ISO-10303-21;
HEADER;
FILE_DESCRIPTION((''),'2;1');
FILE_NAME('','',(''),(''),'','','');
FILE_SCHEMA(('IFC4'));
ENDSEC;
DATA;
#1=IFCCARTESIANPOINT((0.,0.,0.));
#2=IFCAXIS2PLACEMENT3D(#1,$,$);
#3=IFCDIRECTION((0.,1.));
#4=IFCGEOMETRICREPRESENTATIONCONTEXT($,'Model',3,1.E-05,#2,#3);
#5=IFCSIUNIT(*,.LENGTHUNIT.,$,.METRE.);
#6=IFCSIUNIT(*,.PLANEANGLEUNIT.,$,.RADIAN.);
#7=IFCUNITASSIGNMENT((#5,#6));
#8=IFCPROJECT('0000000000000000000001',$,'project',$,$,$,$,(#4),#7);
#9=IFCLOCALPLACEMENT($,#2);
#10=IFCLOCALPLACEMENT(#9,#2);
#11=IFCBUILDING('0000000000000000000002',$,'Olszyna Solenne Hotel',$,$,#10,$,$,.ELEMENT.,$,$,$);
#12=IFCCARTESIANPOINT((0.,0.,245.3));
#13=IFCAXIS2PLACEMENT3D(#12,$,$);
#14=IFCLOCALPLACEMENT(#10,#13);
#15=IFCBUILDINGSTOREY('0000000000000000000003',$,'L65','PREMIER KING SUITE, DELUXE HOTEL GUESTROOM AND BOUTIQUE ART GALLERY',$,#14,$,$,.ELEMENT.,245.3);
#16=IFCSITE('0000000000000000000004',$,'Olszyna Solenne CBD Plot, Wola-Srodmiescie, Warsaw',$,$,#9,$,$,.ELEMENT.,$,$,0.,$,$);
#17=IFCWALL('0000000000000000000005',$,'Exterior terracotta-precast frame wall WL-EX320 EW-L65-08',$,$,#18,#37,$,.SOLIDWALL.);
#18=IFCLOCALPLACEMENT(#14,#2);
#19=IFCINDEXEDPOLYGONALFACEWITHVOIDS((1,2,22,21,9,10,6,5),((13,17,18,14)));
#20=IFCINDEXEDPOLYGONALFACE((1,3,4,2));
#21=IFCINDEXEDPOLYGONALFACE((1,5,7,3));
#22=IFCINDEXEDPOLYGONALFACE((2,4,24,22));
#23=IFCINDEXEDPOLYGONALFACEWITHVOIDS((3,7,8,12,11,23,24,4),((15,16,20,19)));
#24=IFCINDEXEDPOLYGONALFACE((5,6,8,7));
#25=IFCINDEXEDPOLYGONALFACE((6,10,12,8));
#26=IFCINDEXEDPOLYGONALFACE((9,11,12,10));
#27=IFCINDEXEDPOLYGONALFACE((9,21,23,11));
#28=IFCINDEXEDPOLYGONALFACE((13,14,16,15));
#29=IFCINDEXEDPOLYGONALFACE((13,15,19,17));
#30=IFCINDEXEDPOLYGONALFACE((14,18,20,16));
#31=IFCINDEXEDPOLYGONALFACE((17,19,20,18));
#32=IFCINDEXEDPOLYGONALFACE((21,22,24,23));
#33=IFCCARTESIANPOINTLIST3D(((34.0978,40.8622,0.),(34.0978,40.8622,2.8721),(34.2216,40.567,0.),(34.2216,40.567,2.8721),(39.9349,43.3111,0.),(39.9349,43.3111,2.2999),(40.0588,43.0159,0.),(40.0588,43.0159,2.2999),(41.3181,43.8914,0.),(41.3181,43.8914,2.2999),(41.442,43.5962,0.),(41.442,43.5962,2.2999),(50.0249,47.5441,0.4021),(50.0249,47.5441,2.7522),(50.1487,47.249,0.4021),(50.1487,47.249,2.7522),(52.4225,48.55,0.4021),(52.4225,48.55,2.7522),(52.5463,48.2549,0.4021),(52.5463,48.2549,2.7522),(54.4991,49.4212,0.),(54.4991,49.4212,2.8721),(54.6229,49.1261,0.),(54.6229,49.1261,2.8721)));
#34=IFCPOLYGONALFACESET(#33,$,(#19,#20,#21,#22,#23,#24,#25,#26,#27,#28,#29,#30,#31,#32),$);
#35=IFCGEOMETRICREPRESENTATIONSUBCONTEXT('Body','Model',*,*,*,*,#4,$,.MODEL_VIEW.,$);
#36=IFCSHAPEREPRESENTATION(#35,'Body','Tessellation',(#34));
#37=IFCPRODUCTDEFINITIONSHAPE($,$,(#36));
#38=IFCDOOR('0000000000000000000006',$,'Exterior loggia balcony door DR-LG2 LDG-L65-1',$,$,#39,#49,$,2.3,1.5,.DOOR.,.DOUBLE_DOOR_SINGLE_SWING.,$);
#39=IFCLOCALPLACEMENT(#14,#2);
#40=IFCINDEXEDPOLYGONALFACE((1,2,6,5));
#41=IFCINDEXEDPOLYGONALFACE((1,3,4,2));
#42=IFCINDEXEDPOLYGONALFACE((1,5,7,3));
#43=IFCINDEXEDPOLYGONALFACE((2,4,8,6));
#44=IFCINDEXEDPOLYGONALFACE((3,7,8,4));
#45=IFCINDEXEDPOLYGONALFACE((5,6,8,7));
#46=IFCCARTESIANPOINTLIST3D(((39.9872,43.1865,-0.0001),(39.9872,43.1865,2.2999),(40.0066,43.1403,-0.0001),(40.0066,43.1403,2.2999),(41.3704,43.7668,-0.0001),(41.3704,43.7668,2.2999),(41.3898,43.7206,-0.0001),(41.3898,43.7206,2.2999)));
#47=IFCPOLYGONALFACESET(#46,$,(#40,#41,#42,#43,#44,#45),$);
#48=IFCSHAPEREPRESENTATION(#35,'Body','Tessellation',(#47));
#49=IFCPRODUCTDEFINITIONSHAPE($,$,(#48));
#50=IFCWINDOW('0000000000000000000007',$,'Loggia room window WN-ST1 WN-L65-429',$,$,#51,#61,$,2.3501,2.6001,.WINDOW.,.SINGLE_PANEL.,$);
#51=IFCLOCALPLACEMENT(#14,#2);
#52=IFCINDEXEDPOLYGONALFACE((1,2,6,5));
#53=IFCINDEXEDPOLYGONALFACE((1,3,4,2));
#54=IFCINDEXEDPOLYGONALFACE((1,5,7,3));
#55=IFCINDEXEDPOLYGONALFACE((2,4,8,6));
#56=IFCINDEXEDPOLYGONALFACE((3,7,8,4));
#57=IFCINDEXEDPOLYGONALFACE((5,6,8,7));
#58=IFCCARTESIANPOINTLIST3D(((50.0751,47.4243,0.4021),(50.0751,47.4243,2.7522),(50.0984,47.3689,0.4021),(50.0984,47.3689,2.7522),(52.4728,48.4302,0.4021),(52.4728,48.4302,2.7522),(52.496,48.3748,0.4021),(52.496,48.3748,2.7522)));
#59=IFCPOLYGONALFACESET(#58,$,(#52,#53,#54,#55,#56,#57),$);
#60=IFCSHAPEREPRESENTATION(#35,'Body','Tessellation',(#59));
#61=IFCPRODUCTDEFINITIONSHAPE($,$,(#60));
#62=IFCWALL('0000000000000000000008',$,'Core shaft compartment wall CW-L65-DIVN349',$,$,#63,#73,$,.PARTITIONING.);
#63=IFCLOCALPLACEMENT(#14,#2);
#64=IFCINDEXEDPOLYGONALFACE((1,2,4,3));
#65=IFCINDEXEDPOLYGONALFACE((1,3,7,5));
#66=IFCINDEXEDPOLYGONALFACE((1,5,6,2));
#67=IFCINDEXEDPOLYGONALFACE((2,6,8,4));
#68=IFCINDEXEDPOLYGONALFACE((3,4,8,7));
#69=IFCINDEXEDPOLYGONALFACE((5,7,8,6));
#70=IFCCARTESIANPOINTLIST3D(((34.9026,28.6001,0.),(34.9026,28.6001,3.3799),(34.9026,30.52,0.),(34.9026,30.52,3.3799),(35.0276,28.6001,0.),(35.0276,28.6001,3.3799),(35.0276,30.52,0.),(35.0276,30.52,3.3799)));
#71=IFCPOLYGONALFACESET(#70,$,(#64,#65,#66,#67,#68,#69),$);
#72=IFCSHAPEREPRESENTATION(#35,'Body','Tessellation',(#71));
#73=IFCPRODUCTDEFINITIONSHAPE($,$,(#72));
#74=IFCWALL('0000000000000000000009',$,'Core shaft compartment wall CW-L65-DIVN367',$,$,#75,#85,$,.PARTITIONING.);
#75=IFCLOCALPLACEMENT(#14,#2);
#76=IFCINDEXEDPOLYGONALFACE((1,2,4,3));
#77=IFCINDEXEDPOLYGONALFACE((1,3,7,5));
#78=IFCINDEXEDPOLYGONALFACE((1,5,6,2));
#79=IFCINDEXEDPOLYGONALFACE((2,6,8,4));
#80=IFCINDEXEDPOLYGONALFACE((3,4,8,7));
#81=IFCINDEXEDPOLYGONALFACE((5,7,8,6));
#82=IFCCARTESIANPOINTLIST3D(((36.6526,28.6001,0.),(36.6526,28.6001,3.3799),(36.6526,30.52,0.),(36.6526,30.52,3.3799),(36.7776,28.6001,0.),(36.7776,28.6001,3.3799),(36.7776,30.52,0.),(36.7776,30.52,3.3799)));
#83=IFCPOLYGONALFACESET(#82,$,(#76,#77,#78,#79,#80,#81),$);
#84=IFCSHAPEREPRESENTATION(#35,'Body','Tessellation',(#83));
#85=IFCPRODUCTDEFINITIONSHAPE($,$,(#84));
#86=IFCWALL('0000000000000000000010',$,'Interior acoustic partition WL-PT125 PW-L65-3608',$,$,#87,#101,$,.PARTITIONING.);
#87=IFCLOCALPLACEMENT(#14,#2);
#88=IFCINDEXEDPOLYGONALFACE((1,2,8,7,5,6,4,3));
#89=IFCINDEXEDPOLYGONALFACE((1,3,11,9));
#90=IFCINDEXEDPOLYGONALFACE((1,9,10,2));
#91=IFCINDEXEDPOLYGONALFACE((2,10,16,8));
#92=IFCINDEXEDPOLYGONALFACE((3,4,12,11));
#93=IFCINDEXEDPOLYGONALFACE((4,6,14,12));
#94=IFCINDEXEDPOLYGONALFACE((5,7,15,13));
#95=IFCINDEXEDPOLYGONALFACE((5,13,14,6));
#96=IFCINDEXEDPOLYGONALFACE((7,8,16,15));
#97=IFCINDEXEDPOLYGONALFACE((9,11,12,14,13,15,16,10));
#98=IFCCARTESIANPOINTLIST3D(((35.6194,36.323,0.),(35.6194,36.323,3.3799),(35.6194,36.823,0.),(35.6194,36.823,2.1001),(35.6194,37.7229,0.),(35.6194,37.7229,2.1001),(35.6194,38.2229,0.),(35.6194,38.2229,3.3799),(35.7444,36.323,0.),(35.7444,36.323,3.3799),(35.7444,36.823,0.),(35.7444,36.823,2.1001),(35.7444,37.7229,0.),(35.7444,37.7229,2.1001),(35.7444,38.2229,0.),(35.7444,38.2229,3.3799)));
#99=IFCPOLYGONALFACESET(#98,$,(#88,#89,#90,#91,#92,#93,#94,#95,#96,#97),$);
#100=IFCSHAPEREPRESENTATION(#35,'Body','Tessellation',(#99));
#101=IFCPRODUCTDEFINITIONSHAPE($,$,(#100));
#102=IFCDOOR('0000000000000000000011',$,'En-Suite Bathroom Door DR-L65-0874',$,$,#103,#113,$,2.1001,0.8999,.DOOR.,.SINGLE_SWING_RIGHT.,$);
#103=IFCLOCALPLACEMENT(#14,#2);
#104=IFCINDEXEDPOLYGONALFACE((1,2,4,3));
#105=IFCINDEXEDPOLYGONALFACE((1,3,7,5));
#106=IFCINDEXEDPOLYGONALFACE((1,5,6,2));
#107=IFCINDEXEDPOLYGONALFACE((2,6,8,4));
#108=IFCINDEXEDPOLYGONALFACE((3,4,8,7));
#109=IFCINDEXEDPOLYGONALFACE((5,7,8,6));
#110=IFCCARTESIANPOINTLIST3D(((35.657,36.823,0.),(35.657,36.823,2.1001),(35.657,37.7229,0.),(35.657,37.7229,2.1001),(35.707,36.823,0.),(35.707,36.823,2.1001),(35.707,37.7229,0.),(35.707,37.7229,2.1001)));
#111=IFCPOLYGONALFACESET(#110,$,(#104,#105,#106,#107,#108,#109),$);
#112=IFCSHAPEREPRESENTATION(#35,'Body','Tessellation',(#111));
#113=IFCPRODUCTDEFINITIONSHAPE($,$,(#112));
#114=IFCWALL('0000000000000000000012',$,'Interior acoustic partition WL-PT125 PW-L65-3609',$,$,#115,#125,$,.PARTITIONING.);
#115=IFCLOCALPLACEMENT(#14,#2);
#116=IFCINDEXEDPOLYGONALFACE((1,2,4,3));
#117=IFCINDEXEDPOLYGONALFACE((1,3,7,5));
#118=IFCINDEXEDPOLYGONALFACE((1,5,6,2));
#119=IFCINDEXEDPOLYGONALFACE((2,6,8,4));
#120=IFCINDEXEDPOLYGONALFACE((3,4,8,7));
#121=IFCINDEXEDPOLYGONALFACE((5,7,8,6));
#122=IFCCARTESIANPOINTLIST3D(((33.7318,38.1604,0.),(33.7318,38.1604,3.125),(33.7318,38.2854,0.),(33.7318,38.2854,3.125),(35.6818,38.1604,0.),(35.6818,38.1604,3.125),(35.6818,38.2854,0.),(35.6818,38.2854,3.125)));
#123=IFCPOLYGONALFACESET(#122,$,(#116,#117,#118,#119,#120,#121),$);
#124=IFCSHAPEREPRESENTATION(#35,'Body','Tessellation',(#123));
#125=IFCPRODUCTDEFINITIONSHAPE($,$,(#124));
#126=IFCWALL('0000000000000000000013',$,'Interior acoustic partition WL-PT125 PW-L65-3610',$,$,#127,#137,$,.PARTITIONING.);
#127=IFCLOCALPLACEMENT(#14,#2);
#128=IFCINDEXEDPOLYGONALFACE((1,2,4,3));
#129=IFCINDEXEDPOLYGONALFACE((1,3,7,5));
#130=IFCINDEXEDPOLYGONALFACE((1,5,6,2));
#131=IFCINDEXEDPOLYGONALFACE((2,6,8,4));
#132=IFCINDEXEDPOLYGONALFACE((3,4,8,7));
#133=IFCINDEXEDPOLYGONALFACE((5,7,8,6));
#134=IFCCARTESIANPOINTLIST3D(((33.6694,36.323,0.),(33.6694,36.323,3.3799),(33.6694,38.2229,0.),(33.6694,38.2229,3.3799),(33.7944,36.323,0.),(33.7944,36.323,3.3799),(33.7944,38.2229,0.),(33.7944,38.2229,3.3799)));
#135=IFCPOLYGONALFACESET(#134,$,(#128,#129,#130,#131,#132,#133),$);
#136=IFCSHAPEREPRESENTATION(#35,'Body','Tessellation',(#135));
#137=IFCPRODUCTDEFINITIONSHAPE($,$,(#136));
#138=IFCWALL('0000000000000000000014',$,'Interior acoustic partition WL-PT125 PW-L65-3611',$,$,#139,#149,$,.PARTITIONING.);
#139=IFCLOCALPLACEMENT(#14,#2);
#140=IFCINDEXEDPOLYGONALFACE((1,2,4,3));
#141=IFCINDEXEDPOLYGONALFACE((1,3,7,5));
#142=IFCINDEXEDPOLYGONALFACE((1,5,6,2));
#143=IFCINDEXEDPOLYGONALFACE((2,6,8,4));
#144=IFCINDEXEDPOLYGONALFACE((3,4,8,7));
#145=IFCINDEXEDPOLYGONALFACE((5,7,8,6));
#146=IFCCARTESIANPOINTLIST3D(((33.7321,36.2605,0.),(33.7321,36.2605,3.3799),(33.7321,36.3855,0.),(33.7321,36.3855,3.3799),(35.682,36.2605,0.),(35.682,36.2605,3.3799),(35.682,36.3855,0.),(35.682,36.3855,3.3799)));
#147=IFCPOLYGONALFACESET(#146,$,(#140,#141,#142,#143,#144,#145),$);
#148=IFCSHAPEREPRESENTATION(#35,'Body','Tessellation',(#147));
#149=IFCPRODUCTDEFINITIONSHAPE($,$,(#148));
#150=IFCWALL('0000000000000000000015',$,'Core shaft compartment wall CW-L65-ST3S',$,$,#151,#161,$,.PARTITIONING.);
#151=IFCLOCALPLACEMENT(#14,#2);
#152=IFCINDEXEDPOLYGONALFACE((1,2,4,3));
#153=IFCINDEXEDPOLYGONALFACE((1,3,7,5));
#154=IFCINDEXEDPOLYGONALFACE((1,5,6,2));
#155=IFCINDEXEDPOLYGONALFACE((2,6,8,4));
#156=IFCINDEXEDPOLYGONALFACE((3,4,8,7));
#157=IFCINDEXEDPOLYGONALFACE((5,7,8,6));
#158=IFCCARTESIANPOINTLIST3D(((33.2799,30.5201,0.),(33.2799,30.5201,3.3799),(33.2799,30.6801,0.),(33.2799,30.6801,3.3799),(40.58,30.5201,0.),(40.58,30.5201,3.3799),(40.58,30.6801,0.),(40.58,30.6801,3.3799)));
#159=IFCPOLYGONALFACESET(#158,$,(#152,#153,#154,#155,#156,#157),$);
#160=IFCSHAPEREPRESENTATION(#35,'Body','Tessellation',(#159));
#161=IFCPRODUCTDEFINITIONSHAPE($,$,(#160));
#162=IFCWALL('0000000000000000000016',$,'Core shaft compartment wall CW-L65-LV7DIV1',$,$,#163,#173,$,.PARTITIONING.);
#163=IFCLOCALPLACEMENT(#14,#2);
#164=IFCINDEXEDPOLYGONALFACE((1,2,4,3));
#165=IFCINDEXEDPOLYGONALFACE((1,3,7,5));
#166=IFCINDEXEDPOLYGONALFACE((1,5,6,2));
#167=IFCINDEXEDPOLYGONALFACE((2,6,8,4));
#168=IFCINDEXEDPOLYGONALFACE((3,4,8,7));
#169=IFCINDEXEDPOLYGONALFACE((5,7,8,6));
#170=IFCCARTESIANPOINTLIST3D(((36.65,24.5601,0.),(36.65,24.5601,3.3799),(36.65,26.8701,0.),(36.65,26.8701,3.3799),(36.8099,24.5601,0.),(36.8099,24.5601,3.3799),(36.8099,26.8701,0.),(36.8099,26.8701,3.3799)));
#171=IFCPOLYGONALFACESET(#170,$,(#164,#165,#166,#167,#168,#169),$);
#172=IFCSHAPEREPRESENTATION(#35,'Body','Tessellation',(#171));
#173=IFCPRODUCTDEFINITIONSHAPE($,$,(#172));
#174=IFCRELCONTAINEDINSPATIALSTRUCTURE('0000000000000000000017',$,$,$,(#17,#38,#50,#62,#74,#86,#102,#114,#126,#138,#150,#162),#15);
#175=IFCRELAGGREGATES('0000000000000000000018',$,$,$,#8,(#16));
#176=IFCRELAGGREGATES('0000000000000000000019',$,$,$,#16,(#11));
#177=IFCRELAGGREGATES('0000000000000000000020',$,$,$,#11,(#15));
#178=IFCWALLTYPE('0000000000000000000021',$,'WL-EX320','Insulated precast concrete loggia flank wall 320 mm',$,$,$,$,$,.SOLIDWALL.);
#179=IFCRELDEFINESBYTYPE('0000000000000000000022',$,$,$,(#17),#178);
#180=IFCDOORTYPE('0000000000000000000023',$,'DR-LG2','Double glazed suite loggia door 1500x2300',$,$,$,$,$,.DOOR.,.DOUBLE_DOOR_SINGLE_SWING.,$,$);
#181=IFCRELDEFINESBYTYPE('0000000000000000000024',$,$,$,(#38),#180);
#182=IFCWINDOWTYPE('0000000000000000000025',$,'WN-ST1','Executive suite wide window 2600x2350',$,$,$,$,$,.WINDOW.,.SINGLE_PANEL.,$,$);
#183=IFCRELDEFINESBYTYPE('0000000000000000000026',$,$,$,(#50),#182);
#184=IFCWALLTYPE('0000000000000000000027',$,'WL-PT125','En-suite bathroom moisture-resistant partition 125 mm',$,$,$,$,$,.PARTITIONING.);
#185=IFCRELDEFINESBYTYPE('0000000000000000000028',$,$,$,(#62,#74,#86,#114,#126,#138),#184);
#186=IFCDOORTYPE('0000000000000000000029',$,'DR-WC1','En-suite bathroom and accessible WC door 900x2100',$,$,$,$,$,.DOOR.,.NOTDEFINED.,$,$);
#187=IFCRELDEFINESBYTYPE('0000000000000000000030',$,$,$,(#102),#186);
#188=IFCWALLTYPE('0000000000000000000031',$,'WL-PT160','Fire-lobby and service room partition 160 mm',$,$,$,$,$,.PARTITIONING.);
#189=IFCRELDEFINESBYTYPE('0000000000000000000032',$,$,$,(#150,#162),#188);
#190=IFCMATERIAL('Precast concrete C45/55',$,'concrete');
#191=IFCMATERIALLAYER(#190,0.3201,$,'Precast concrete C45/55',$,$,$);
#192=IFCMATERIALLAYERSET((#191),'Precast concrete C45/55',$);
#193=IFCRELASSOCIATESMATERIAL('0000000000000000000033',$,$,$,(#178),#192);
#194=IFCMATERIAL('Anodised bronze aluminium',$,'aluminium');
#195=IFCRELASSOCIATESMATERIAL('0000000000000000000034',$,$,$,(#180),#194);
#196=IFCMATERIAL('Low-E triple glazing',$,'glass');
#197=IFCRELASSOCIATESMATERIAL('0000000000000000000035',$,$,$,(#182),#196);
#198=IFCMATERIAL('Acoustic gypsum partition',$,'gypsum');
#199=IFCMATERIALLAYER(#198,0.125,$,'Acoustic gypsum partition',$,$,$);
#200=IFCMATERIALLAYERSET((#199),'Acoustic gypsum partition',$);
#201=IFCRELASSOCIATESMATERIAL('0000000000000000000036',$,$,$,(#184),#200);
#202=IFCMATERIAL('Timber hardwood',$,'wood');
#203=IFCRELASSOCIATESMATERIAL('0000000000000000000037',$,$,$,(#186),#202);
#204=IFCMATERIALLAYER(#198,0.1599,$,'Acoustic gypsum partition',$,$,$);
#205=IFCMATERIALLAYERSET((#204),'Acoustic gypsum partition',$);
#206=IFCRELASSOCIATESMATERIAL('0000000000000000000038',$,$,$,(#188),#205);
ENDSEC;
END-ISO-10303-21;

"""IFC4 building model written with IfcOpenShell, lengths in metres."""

from ifc_helpers import new_model, si_unit, direction, frame, frame_2d, origin, place, context, subcontext, project, spatial, rectangle, extrude, source, transform, mapped, material, layer, layer_set, type_object, type_shapes, element, fill, save


model = new_model("IFC4")

# Units and contexts
model_context = context("Model", 3, precision=1e-05, world=origin(), true_north=direction((0.0, 1.0)))
body_context = subcontext(model_context, "Body", "Model", "MODEL_VIEW")
ifc_project = project(units=[si_unit("LENGTHUNIT", "METRE"), si_unit("PLANEANGLEUNIT", "RADIAN")], contexts=[model_context])

# Site, building, storey
site_placement = place(None, origin())
site = spatial("IfcSite", under=ifc_project, at=site_placement, Name="Olszyna Solenne CBD Plot, Wola-Srodmiescie, Warsaw", CompositionType="ELEMENT", RefElevation=0.0)
building_placement = place(site_placement, origin())
building = spatial("IfcBuilding", under=site, at=building_placement, Name="Olszyna Solenne Hotel", CompositionType="ELEMENT")
storey_placement = place(building_placement, frame((0.0, 0.0, 245.3)))
storey = spatial("IfcBuildingStorey", under=building, at=storey_placement, Name="L65", Description="PREMIER KING SUITE, DELUXE HOTEL GUESTROOM AND BOUTIQUE ART GALLERY", CompositionType="ELEMENT", Elevation=245.3)

# Wall, openings, door, window
ifc_material_1 = material(Name="Precast concrete C45/55", Category="concrete")
ifc_layer_1 = layer(ifc_material_1, 0.3201, Name="Precast concrete C45/55")
ifc_layer_set_1 = layer_set([ifc_layer_1], Name="Precast concrete C45/55")
wall_type_1 = type_object("IfcWallType", Name="WL-EX320", Description="Insulated precast concrete loggia flank wall 320 mm", PredefinedType="SOLIDWALL", material=ifc_layer_set_1)
wall_1_placement = place(storey_placement, frame((34.1597, 40.7146, 0.0), z_axis=(0.0, 0.0, 1.0), x_axis=(0.922135, 0.386868, 0.0)))
wall_1 = element("IfcWall", 1, at=wall_1_placement, inside=storey, type_object=wall_type_1, Name="Exterior terracotta-precast frame wall WL-EX320 EW-L65-08", PredefinedType="SOLIDWALL", context=body_context, shape_type="SweptSolid", body=[
    extrude(rectangle(XDim=22.124, YDim=0.3201, at=frame_2d((11.062, 0.0))), origin(), (0.0, 0.0, 1.0), 2.8721),
])
opening_1_placement = place(wall_1_placement, frame((6.3301, 0.0, 0.0)))
opening_1 = element("IfcOpeningElement", 2, at=opening_1_placement, cuts=wall_1, PredefinedType="OPENING", context=body_context, shape_type="SweptSolid", body=[
    extrude(rectangle(XDim=1.5, YDim=2.3, at=frame_2d((0.75, 1.1499))), frame((0.0, 0.1699, 0.0), z_axis=(0.0, -1.0, 0.0), x_axis=(1.0, 0.0, 0.0)), (0.0, 0.0, 1.0), 0.3401),
])
opening_2_placement = place(wall_1_placement, frame((17.272, 0.0, 0.4021)))
opening_2 = element("IfcOpeningElement", 3, at=opening_2_placement, cuts=wall_1, PredefinedType="OPENING", context=body_context, shape_type="SweptSolid", body=[
    extrude(rectangle(XDim=2.6001, YDim=2.3501, at=frame_2d((1.3, 1.175))), frame((0.0, 0.1699, 0.0), z_axis=(0.0, -1.0, 0.0), x_axis=(1.0, 0.0, 0.0)), (0.0, 0.0, 1.0), 0.3401),
])
ifc_material_2 = material(Name="Anodised bronze aluminium", Category="aluminium")
door_type_1 = type_object("IfcDoorType", Name="DR-LG2", Description="Double glazed suite loggia door 1500x2300", OperationType="DOUBLE_DOOR_SINGLE_SWING", PredefinedType="DOOR", material=ifc_material_2)
shared_shape_1 = source(origin(), body_context, "Body", "SweptSolid", [
    extrude(rectangle(XDim=1.5, YDim=2.3, at=frame_2d((0.75, 1.1499))), frame((0.0, 0.0249, 0.0), z_axis=(0.0, -1.0, 0.0), x_axis=(1.0, 0.0, 0.0)), (0.0, 0.0, 1.0), 0.05),
])
type_shapes(door_type_1, [shared_shape_1])
door_1_placement = place(opening_1_placement, origin())
door_1 = element("IfcDoor", 4, at=door_1_placement, inside=storey, type_object=door_type_1, Name="Exterior loggia balcony door DR-LG2 LDG-L65-1", OperationType="DOUBLE_DOOR_SINGLE_SWING", OverallHeight=2.3, OverallWidth=1.5, PredefinedType="DOOR", context=body_context, shape_type="MappedRepresentation", body=[
    mapped(shared_shape_1, transform((0.0, 0.0, 0.0), x_axis=(1.0, 0.0, 0.0), y_axis=(0.0, 1.0, 0.0), z_axis=(0.0, 0.0, 1.0), scale=1.0)),
])
fill(opening_1, door_1)
ifc_material_3 = material(Name="Low-E triple glazing", Category="glass")
window_type = type_object("IfcWindowType", Name="WN-ST1", Description="Executive suite wide window 2600x2350", PartitioningType="SINGLE_PANEL", PredefinedType="WINDOW", material=ifc_material_3)
shared_shape_2 = source(origin(), body_context, "Body", "SweptSolid", [
    extrude(rectangle(XDim=2.6001, YDim=2.3501, at=frame_2d((1.3, 1.175))), frame((0.0, 0.03, 0.0), z_axis=(0.0, -1.0, 0.0), x_axis=(1.0, 0.0, 0.0)), (0.0, 0.0, 1.0), 0.0601),
])
type_shapes(window_type, [shared_shape_2])
window_placement = place(opening_2_placement, origin())
window = element("IfcWindow", 5, at=window_placement, inside=storey, type_object=window_type, Name="Loggia room window WN-ST1 WN-L65-429", OverallHeight=2.3501, OverallWidth=2.6001, PartitioningType="SINGLE_PANEL", PredefinedType="WINDOW", context=body_context, shape_type="MappedRepresentation", body=[
    mapped(shared_shape_2, transform((0.0, 0.0, 0.0), x_axis=(1.0, 0.0, 0.0), y_axis=(0.0, 1.0, 0.0), z_axis=(0.0, 0.0, 1.0), scale=1.0)),
])
fill(opening_2, window)

# Walls
ifc_material_4 = material(Name="Acoustic gypsum partition", Category="gypsum")
ifc_layer_2 = layer(ifc_material_4, 0.125, Name="Acoustic gypsum partition")
ifc_layer_set_2 = layer_set([ifc_layer_2], Name="Acoustic gypsum partition")
wall_type_2 = type_object("IfcWallType", Name="WL-PT125", Description="En-suite bathroom moisture-resistant partition 125 mm", PredefinedType="PARTITIONING", material=ifc_layer_set_2)
for number, where, z_axis, x_axis, name in (
    (6, (34.9651, 28.6001, 0.0), (0.0, 0.0, 1.0), (0.0, 1.0, 0.0), "Core shaft compartment wall CW-L65-DIVN349"),
    (7, (36.7151, 28.6001, 0.0), (0.0, 0.0, 1.0), (0.0, 1.0, 0.0), "Core shaft compartment wall CW-L65-DIVN367"),
):
    element("IfcWall", number, at=place(storey_placement, frame(where, z_axis=z_axis, x_axis=x_axis)), inside=storey, type_object=wall_type_2, Name=name, PredefinedType="PARTITIONING", context=body_context, shape_type="SweptSolid", body=[
        extrude(rectangle(XDim=1.9199, YDim=0.125, at=frame_2d((0.96, 0.0))), origin(), (0.0, 0.0, 1.0), 3.3799),
    ])

# Wall, opening, door
wall_2_placement = place(storey_placement, frame((35.6819, 36.323, 0.0), z_axis=(0.0, 0.0, 1.0), x_axis=(0.0, 1.0, 0.0)))
wall_2 = element("IfcWall", 8, at=wall_2_placement, inside=storey, type_object=wall_type_2, Name="Interior acoustic partition WL-PT125 PW-L65-3608", PredefinedType="PARTITIONING", context=body_context, shape_type="SweptSolid", body=[
    extrude(rectangle(XDim=1.8999, YDim=0.125, at=frame_2d((0.95, 0.0))), origin(), (0.0, 0.0, 1.0), 3.3799),
])
opening_3_placement = place(wall_2_placement, frame((0.5, 0.0, 0.0)))
opening_3 = element("IfcOpeningElement", 9, at=opening_3_placement, cuts=wall_2, PredefinedType="OPENING", context=body_context, shape_type="SweptSolid", body=[
    extrude(rectangle(XDim=0.8999, YDim=2.1001, at=frame_2d((0.45, 1.05))), frame((0.0, 0.0725, 0.0), z_axis=(0.0, -1.0, 0.0), x_axis=(1.0, 0.0, 0.0)), (0.0, 0.0, 1.0), 0.145),
])
ifc_material_5 = material(Name="Timber hardwood", Category="wood")
door_type_2 = type_object("IfcDoorType", Name="DR-WC1", Description="En-suite bathroom and accessible WC door 900x2100", OperationType="NOTDEFINED", PredefinedType="DOOR", material=ifc_material_5)
shared_shape_3 = source(origin(), body_context, "Body", "SweptSolid", [
    extrude(rectangle(XDim=0.8999, YDim=2.1001, at=frame_2d((0.45, 1.05))), frame((0.0, 0.0249, 0.0), z_axis=(0.0, -1.0, 0.0), x_axis=(1.0, 0.0, 0.0)), (0.0, 0.0, 1.0), 0.05),
])
type_shapes(door_type_2, [shared_shape_3])
door_2_placement = place(opening_3_placement, origin())
door_2 = element("IfcDoor", 10, at=door_2_placement, inside=storey, type_object=door_type_2, Name="En-Suite Bathroom Door DR-L65-0874", OperationType="SINGLE_SWING_RIGHT", OverallHeight=2.1001, OverallWidth=0.8999, PredefinedType="DOOR", context=body_context, shape_type="MappedRepresentation", body=[
    mapped(shared_shape_3, transform((0.0, 0.0, 0.0), x_axis=(1.0, 0.0, 0.0), y_axis=(0.0, 1.0, 0.0), z_axis=(0.0, 0.0, 1.0), scale=1.0)),
])
fill(opening_3, door_2)

# Walls
wall_3_placement = place(storey_placement, frame((35.6819, 38.2229, 0.0), z_axis=(0.0, 0.0, 1.0), x_axis=(-1.0, 0.0, 0.0)))
element("IfcWall", 11, at=wall_3_placement, inside=storey, type_object=wall_type_2, Name="Interior acoustic partition WL-PT125 PW-L65-3609", PredefinedType="PARTITIONING", context=body_context, shape_type="SweptSolid", body=[
    extrude(rectangle(XDim=1.95, YDim=0.125, at=frame_2d((0.9751, 0.0))), origin(), (0.0, 0.0, 1.0), 3.125),
])
wall_4_placement = place(storey_placement, frame((33.7319, 38.2229, 0.0), z_axis=(0.0, 0.0, 1.0), x_axis=(0.0, -1.0, 0.0)))
element("IfcWall", 12, at=wall_4_placement, inside=storey, type_object=wall_type_2, Name="Interior acoustic partition WL-PT125 PW-L65-3610", PredefinedType="PARTITIONING", context=body_context, shape_type="SweptSolid", body=[
    extrude(rectangle(XDim=1.8999, YDim=0.125, at=frame_2d((0.95, 0.0))), origin(), (0.0, 0.0, 1.0), 3.3799),
])
wall_5_placement = place(storey_placement, frame((33.7319, 36.323, 0.0), z_axis=(0.0, 0.0, 1.0), x_axis=(1.0, 0.0, 0.0)))
element("IfcWall", 13, at=wall_5_placement, inside=storey, type_object=wall_type_2, Name="Interior acoustic partition WL-PT125 PW-L65-3611", PredefinedType="PARTITIONING", context=body_context, shape_type="SweptSolid", body=[
    extrude(rectangle(XDim=1.95, YDim=0.125, at=frame_2d((0.9751, 0.0))), origin(), (0.0, 0.0, 1.0), 3.3799),
])
ifc_layer_3 = layer(ifc_material_4, 0.1599, Name="Acoustic gypsum partition")
ifc_layer_set_3 = layer_set([ifc_layer_3], Name="Acoustic gypsum partition")
wall_type_3 = type_object("IfcWallType", Name="WL-PT160", Description="Fire-lobby and service room partition 160 mm", PredefinedType="PARTITIONING", material=ifc_layer_set_3)
wall_6_placement = place(storey_placement, frame((33.28, 30.6001, 0.0), z_axis=(0.0, 0.0, 1.0), x_axis=(1.0, 0.0, 0.0)))
element("IfcWall", 14, at=wall_6_placement, inside=storey, type_object=wall_type_3, Name="Core shaft compartment wall CW-L65-ST3S", PredefinedType="PARTITIONING", context=body_context, shape_type="SweptSolid", body=[
    extrude(rectangle(XDim=7.3, YDim=0.1599, at=frame_2d((3.6499, 0.0))), origin(), (0.0, 0.0, 1.0), 3.3799),
])
wall_7_placement = place(storey_placement, frame((36.73, 24.5601, 0.0), z_axis=(0.0, 0.0, 1.0), x_axis=(0.0, 1.0, 0.0)))
element("IfcWall", 15, at=wall_7_placement, inside=storey, type_object=wall_type_3, Name="Core shaft compartment wall CW-L65-LV7DIV1", PredefinedType="PARTITIONING", context=body_context, shape_type="SweptSolid", body=[
    extrude(rectangle(XDim=2.3101, YDim=0.1599, at=frame_2d((1.155, 0.0))), origin(), (0.0, 0.0, 1.0), 3.3799),
])

save(model, "model.ifc")
